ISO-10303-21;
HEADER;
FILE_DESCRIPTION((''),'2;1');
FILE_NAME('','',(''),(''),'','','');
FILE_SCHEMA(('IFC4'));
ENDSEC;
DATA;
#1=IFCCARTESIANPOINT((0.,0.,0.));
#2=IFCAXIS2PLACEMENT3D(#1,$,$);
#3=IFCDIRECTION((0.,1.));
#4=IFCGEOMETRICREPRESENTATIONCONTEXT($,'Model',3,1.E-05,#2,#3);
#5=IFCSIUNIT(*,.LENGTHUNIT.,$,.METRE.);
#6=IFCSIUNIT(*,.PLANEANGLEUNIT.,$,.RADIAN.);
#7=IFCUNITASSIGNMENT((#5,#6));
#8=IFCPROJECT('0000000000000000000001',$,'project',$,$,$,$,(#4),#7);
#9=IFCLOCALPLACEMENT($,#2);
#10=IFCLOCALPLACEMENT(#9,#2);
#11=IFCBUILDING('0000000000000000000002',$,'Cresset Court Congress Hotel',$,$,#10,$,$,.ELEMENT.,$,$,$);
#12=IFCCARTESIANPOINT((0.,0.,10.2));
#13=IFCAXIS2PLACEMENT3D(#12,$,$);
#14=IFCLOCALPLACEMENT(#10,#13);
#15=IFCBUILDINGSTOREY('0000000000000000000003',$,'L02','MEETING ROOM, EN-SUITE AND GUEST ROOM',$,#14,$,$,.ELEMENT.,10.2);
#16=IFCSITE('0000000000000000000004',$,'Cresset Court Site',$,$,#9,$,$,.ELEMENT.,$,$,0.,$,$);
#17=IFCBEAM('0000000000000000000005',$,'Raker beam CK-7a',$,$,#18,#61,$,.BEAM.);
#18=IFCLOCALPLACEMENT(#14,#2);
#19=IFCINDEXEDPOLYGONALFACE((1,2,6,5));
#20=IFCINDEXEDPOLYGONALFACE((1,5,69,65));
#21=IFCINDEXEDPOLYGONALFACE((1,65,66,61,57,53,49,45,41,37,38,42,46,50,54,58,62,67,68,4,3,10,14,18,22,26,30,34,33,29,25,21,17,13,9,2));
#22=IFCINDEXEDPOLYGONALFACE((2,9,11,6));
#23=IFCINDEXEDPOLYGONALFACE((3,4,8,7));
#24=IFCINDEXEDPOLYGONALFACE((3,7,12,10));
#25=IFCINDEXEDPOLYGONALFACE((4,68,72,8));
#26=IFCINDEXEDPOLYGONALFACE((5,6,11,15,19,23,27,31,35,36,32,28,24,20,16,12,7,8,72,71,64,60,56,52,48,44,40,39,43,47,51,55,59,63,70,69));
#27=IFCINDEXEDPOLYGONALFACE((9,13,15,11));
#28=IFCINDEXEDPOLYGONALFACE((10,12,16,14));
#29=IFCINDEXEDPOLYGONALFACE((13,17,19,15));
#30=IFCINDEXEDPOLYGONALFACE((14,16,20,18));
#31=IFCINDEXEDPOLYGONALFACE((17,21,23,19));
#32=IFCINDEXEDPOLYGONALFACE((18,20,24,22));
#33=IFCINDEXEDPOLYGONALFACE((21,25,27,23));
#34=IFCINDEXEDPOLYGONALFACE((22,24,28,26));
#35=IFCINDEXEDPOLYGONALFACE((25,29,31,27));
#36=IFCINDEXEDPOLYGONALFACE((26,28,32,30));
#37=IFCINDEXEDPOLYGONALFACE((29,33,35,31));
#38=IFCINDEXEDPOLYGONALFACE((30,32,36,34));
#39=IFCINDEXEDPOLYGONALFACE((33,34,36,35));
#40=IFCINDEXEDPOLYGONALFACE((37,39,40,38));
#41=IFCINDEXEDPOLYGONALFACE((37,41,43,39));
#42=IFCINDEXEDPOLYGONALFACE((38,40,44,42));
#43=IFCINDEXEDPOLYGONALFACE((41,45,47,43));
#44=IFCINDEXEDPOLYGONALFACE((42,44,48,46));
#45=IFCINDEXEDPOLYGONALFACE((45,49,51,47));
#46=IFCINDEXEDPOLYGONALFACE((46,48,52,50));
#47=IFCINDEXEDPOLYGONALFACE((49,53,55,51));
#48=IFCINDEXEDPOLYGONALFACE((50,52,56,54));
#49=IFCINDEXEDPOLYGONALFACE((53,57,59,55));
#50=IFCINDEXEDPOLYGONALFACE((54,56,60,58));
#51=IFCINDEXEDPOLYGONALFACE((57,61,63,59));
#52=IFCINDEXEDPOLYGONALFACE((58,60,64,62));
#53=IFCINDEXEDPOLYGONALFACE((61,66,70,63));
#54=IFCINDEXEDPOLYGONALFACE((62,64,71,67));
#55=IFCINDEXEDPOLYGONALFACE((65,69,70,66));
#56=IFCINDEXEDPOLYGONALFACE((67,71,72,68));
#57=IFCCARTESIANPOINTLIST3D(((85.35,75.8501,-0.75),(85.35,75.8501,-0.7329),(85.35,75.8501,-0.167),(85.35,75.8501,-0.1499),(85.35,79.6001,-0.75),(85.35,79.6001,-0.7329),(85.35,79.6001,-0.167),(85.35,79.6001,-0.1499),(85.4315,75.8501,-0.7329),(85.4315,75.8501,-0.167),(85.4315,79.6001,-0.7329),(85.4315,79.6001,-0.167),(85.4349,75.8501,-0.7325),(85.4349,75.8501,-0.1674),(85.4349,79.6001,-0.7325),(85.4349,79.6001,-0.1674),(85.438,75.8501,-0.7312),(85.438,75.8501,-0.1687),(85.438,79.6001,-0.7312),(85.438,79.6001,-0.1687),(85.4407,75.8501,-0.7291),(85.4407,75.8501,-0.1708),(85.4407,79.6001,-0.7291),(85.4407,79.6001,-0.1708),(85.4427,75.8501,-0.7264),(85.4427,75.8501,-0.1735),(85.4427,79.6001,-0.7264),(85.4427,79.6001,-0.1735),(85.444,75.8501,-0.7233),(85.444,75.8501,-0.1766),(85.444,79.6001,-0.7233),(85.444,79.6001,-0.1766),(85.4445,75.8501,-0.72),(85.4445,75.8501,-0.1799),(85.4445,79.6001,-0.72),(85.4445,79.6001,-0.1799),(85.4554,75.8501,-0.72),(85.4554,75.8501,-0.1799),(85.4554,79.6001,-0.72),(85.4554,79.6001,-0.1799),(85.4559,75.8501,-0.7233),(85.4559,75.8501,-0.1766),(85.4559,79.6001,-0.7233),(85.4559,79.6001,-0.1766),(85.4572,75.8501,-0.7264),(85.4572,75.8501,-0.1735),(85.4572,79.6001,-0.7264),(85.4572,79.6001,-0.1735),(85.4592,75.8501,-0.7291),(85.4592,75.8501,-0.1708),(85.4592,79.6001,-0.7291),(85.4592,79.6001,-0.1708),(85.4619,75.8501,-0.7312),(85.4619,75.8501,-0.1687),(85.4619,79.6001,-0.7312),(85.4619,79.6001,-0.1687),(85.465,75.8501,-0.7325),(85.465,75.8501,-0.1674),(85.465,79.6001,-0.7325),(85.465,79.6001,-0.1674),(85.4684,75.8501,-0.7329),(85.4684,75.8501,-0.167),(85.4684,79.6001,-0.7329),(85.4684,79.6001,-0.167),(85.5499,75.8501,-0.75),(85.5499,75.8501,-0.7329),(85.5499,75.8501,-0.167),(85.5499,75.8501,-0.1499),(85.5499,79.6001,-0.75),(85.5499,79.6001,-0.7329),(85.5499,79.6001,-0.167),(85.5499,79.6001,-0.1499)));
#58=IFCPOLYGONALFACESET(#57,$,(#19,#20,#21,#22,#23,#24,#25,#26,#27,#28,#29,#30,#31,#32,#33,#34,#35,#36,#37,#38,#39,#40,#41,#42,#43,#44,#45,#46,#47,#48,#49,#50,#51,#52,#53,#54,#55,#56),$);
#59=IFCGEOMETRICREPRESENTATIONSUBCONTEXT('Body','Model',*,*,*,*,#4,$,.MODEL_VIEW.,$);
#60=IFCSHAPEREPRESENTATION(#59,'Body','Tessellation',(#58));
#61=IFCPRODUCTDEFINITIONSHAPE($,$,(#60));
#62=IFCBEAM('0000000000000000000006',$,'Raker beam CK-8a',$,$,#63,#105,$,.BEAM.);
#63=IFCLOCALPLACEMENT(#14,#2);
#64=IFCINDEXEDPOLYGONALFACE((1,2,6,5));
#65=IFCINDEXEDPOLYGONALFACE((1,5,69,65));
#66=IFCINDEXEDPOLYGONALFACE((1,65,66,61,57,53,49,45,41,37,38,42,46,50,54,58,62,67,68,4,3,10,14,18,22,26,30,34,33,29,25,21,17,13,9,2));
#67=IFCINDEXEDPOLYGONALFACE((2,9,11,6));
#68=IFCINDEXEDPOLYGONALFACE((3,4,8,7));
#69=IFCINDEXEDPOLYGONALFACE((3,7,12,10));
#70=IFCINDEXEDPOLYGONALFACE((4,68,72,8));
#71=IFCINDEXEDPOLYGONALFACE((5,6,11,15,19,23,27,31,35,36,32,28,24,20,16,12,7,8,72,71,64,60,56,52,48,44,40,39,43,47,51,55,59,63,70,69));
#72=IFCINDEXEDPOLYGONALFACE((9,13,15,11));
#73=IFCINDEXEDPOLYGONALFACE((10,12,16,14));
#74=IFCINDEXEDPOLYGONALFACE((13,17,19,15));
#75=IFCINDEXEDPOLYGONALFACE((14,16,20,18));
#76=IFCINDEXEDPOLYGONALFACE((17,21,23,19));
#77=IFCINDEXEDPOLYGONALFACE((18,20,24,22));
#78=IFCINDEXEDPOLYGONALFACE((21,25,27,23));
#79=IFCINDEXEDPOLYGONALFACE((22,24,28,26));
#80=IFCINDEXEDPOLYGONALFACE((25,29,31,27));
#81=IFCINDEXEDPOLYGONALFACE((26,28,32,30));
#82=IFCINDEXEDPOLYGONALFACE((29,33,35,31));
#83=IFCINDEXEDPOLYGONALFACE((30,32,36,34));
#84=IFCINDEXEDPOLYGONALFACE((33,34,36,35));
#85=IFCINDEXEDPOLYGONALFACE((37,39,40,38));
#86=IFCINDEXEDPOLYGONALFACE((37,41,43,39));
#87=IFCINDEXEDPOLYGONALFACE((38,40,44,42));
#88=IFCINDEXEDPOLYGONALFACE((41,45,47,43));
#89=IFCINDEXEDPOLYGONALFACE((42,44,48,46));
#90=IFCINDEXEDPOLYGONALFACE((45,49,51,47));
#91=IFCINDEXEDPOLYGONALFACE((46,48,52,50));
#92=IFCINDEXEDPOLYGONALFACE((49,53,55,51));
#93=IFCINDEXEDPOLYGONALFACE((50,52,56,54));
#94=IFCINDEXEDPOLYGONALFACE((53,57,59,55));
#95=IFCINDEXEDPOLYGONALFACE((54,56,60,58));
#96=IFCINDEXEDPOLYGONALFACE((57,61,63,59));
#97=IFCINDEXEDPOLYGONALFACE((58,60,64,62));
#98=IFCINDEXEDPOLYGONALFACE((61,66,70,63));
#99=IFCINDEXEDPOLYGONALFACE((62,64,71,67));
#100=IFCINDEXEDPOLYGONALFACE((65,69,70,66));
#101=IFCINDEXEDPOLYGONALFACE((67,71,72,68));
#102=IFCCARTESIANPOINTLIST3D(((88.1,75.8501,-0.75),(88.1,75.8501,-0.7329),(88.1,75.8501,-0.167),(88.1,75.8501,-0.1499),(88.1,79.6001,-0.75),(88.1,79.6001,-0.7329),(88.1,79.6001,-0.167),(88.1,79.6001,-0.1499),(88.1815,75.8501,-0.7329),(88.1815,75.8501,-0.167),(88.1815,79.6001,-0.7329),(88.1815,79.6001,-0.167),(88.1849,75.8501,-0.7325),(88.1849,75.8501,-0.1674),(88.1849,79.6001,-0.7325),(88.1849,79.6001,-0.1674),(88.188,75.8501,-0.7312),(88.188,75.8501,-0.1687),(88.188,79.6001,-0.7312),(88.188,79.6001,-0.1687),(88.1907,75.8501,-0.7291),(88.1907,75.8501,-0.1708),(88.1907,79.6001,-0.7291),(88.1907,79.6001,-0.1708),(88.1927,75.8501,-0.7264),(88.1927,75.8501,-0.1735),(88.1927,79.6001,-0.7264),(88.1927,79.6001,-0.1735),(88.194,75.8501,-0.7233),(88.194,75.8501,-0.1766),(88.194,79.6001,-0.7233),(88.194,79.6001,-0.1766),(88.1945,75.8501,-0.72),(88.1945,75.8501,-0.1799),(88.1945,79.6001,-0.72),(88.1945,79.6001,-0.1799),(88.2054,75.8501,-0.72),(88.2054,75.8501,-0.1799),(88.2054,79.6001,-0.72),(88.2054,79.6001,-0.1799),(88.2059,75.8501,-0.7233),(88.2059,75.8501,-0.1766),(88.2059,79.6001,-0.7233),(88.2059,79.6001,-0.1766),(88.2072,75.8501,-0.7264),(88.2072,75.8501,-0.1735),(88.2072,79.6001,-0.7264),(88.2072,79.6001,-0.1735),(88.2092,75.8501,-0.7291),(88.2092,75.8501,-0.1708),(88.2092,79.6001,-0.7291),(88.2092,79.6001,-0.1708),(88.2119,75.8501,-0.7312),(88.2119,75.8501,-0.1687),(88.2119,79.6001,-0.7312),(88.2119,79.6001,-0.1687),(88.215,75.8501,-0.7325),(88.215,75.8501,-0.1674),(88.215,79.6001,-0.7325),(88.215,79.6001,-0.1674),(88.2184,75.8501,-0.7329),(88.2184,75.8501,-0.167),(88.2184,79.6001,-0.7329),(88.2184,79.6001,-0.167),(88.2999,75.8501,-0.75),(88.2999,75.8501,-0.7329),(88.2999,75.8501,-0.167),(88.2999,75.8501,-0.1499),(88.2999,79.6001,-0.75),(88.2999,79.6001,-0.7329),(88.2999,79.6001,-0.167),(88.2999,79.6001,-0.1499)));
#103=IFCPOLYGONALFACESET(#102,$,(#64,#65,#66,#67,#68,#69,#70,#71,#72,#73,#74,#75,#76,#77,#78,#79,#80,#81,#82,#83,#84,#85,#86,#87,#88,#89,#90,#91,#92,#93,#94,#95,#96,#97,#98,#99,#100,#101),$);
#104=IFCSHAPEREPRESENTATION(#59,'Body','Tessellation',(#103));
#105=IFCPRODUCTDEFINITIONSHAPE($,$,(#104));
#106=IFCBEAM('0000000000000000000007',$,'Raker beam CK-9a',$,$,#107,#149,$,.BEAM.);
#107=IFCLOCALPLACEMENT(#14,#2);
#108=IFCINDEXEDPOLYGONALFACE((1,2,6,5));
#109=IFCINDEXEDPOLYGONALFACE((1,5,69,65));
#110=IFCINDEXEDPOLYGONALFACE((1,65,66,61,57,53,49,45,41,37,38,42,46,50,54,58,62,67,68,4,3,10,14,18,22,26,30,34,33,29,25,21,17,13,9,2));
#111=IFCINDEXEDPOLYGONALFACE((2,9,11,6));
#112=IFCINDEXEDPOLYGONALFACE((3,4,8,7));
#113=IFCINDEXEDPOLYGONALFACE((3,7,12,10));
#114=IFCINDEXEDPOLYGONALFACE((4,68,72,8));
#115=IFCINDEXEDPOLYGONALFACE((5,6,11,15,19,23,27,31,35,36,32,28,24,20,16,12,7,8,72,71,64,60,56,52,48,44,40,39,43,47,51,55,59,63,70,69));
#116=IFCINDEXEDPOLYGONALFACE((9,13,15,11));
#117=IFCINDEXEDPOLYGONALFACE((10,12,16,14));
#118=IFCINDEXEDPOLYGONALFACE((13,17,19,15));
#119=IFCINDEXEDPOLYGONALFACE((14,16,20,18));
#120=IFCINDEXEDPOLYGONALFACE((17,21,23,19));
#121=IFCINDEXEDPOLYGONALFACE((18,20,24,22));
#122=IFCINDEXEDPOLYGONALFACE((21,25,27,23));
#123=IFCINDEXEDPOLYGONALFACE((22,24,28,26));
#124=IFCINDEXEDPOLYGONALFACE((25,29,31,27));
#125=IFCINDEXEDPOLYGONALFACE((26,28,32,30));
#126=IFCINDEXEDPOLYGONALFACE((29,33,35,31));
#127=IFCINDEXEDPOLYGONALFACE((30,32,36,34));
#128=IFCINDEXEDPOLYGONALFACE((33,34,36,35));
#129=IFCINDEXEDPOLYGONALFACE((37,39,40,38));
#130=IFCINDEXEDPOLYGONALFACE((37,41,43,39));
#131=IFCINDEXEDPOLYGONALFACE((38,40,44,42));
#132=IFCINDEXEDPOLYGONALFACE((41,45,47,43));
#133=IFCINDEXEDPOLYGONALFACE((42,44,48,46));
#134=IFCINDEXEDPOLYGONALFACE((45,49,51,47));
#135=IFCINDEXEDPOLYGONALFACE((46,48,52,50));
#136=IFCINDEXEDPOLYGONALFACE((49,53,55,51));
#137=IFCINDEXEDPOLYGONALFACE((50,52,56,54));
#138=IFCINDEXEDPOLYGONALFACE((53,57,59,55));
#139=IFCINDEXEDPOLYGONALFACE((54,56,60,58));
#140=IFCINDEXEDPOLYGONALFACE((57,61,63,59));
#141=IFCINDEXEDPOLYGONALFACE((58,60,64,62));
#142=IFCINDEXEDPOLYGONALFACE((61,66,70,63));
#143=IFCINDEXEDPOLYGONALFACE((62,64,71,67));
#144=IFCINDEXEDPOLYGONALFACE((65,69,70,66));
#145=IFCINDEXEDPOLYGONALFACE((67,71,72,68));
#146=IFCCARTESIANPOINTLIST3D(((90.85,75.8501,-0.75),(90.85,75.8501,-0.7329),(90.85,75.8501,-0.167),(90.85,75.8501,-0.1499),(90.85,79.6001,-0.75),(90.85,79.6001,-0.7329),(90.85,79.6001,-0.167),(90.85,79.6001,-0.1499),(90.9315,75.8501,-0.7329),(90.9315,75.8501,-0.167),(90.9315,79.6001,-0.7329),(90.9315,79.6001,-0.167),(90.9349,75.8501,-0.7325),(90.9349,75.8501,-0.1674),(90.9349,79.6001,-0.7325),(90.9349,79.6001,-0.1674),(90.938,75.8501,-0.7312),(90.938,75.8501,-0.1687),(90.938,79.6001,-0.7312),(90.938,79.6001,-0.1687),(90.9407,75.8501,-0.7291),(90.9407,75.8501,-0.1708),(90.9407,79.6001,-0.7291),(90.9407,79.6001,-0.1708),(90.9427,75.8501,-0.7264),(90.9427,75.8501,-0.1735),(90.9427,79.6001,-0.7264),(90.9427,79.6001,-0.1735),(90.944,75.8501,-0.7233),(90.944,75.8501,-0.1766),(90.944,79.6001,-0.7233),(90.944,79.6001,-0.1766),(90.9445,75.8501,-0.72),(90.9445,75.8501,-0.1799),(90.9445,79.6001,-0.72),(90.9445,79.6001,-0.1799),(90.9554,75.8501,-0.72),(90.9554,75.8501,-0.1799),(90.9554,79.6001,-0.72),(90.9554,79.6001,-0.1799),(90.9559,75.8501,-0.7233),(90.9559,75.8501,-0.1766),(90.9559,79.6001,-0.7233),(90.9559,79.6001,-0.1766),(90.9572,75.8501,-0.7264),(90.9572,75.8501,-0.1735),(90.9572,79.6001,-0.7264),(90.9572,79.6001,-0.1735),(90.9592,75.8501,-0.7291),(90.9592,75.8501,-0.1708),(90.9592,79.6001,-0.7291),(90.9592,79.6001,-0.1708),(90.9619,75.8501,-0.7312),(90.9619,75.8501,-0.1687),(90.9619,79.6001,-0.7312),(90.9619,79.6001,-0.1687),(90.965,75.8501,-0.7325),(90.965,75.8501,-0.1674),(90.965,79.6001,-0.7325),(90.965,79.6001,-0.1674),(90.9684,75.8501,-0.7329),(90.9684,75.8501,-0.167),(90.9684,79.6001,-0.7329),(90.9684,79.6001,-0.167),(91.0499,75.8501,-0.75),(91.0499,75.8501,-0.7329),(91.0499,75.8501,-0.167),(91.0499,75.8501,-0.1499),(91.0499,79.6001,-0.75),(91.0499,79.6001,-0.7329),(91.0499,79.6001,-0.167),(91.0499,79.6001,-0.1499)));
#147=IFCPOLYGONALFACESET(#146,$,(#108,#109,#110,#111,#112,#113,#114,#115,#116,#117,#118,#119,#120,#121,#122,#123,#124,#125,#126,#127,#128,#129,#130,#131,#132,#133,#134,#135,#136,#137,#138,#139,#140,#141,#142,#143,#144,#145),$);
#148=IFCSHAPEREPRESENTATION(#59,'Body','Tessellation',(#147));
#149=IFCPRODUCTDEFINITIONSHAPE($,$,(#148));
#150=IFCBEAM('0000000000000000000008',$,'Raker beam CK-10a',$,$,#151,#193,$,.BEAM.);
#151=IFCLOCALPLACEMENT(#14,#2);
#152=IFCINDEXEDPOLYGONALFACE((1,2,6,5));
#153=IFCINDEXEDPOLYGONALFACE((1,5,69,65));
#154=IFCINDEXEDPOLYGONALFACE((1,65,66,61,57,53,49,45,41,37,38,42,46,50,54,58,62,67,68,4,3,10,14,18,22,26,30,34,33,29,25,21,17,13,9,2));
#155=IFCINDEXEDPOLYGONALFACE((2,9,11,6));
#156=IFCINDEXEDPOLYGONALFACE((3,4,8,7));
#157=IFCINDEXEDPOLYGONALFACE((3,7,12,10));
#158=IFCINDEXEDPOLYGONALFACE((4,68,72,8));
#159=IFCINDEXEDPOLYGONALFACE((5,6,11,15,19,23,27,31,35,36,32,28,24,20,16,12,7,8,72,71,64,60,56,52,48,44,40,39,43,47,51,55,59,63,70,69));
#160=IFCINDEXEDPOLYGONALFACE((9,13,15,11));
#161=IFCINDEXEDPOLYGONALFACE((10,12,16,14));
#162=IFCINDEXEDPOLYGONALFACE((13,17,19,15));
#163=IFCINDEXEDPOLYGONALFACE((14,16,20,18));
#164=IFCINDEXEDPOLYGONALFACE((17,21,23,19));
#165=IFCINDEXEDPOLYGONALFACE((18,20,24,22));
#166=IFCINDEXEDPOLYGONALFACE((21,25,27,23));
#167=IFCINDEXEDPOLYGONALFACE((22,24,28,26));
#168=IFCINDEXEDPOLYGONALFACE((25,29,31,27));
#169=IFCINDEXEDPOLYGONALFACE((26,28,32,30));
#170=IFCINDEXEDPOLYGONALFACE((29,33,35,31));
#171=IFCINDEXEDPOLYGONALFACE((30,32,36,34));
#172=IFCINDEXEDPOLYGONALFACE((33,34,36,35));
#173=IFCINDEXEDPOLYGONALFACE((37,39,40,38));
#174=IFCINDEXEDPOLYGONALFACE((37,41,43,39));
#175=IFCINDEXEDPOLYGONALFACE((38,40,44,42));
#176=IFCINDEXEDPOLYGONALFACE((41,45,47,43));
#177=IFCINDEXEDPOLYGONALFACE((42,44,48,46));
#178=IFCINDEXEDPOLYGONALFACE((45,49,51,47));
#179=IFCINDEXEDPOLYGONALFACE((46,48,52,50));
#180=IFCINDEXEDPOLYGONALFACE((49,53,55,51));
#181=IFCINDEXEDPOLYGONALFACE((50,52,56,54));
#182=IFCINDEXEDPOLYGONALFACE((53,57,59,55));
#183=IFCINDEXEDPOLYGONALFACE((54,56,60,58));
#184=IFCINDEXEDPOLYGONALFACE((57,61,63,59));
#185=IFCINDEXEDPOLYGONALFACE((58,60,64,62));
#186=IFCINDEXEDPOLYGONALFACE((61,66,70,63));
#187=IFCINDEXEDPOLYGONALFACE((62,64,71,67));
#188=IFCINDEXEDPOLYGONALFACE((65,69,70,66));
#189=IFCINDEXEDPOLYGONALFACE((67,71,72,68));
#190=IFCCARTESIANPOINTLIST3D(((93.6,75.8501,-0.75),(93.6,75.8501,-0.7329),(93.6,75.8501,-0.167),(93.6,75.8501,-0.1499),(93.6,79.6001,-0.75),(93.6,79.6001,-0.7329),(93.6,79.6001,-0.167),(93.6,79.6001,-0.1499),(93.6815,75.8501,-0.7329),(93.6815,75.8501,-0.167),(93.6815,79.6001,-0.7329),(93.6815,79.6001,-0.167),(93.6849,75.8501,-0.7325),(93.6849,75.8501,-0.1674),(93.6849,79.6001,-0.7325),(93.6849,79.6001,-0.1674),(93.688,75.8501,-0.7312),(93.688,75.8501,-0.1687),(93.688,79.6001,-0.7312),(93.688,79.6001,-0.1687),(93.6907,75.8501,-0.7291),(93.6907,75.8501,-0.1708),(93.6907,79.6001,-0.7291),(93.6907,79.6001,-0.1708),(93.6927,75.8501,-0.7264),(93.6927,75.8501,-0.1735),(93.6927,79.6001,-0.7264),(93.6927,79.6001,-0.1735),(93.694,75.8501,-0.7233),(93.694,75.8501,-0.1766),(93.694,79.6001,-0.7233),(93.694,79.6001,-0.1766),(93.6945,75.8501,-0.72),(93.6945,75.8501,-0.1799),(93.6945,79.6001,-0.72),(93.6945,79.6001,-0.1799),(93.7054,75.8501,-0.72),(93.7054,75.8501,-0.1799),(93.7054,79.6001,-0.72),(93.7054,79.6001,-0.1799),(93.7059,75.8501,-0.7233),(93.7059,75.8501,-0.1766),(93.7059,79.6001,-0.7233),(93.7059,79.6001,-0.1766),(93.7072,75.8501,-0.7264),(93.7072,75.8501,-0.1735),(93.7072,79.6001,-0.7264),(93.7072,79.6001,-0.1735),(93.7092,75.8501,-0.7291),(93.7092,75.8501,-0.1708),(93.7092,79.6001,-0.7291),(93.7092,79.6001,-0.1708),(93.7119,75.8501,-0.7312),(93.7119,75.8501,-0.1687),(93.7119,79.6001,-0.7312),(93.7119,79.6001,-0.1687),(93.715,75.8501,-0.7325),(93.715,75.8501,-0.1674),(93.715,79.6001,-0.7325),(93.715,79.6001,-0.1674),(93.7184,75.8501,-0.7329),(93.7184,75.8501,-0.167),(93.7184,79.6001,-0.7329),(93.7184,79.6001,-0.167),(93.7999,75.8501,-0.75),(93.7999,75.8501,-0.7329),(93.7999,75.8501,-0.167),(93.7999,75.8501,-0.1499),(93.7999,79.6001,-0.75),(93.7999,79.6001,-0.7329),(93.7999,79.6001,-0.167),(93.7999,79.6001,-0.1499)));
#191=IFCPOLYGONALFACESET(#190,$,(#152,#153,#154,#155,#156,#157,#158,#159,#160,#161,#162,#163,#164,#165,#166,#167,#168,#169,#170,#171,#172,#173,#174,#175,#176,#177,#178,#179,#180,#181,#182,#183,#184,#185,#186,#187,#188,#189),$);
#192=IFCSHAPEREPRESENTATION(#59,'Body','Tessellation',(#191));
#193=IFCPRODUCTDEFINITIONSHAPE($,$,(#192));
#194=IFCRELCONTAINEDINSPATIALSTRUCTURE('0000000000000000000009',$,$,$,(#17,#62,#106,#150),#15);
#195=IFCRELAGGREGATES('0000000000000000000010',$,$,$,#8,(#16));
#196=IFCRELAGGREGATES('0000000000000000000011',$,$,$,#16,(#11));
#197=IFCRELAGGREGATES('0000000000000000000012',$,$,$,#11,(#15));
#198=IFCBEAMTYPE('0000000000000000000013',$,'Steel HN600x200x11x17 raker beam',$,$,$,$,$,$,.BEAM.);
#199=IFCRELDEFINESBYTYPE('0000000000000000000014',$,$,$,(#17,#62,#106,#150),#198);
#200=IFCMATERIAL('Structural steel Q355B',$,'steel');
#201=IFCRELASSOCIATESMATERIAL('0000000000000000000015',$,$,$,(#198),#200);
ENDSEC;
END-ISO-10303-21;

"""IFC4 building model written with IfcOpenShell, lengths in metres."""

from ifc_helpers import new_model, si_unit, direction, frame, origin, origin_2d, place, context, subcontext, project, spatial, i_section, extrude, material, material_profile, profile_set, type_object, element, save


model = new_model("IFC4")

# Units and contexts
model_context = context("Model", 3, precision=1e-05, world=origin(), true_north=direction((0.0, 1.0)))
body_context = subcontext(model_context, "Body", "Model", "MODEL_VIEW")
ifc_project = project(units=[si_unit("LENGTHUNIT", "METRE"), si_unit("PLANEANGLEUNIT", "RADIAN")], contexts=[model_context])

# Site, building, storey
site_placement = place(None, origin())
site = spatial("IfcSite", under=ifc_project, at=site_placement, Name="Cresset Court Site", CompositionType="ELEMENT", RefElevation=0.0)
building_placement = place(site_placement, origin())
building = spatial("IfcBuilding", under=site, at=building_placement, Name="Cresset Court Congress Hotel", CompositionType="ELEMENT")
storey_placement = place(building_placement, frame((0.0, 0.0, 10.2)))
storey = spatial("IfcBuildingStorey", under=building, at=storey_placement, Name="L02", Description="MEETING ROOM, EN-SUITE AND GUEST ROOM", CompositionType="ELEMENT", Elevation=10.2)

# Beams
ifc_material_1 = material(Name="Structural steel Q355B", Category="steel")
ifc_material_profile_1 = material_profile(ifc_material_1, i_section(OverallWidth=0.2, OverallDepth=0.6001, WebThickness=0.011, FlangeThickness=0.0171, FilletRadius=0.0129, at=origin_2d()), Name="HN600x200x11x17")
ifc_profile_set_1 = profile_set([ifc_material_profile_1], Name="Structural steel Q355B")
beam_type_1 = type_object("IfcBeamType", Name="Steel HN600x200x11x17 raker beam", PredefinedType="BEAM", material=ifc_profile_set_1)
for number, where, z_axis, x_axis, name in (
    (1, (85.45, 75.8501, -0.45), (0.0, 1.0, 0.0), (-1.0, 0.0, 0.0), "Raker beam CK-7a"),
    (2, (88.2, 75.8501, -0.45), (0.0, 1.0, 0.0), (-1.0, 0.0, 0.0), "Raker beam CK-8a"),
    (3, (90.95, 75.8501, -0.45), (0.0, 1.0, 0.0), (-1.0, 0.0, 0.0), "Raker beam CK-9a"),
    (4, (93.7, 75.8501, -0.45), (0.0, 1.0, 0.0), (-1.0, 0.0, 0.0), "Raker beam CK-10a"),
):
    element("IfcBeam", number, at=place(storey_placement, frame(where, z_axis=z_axis, x_axis=x_axis)), inside=storey, type_object=beam_type_1, Name=name, PredefinedType="BEAM", context=body_context, shape_type="SweptSolid", body=[
        extrude(i_section(OverallWidth=0.2, OverallDepth=0.6001, WebThickness=0.011, FlangeThickness=0.0171, FilletRadius=0.0129, at=origin_2d()), origin(), (0.0, 0.0, 1.0), 3.75),
    ])

save(model, "model.ifc")
